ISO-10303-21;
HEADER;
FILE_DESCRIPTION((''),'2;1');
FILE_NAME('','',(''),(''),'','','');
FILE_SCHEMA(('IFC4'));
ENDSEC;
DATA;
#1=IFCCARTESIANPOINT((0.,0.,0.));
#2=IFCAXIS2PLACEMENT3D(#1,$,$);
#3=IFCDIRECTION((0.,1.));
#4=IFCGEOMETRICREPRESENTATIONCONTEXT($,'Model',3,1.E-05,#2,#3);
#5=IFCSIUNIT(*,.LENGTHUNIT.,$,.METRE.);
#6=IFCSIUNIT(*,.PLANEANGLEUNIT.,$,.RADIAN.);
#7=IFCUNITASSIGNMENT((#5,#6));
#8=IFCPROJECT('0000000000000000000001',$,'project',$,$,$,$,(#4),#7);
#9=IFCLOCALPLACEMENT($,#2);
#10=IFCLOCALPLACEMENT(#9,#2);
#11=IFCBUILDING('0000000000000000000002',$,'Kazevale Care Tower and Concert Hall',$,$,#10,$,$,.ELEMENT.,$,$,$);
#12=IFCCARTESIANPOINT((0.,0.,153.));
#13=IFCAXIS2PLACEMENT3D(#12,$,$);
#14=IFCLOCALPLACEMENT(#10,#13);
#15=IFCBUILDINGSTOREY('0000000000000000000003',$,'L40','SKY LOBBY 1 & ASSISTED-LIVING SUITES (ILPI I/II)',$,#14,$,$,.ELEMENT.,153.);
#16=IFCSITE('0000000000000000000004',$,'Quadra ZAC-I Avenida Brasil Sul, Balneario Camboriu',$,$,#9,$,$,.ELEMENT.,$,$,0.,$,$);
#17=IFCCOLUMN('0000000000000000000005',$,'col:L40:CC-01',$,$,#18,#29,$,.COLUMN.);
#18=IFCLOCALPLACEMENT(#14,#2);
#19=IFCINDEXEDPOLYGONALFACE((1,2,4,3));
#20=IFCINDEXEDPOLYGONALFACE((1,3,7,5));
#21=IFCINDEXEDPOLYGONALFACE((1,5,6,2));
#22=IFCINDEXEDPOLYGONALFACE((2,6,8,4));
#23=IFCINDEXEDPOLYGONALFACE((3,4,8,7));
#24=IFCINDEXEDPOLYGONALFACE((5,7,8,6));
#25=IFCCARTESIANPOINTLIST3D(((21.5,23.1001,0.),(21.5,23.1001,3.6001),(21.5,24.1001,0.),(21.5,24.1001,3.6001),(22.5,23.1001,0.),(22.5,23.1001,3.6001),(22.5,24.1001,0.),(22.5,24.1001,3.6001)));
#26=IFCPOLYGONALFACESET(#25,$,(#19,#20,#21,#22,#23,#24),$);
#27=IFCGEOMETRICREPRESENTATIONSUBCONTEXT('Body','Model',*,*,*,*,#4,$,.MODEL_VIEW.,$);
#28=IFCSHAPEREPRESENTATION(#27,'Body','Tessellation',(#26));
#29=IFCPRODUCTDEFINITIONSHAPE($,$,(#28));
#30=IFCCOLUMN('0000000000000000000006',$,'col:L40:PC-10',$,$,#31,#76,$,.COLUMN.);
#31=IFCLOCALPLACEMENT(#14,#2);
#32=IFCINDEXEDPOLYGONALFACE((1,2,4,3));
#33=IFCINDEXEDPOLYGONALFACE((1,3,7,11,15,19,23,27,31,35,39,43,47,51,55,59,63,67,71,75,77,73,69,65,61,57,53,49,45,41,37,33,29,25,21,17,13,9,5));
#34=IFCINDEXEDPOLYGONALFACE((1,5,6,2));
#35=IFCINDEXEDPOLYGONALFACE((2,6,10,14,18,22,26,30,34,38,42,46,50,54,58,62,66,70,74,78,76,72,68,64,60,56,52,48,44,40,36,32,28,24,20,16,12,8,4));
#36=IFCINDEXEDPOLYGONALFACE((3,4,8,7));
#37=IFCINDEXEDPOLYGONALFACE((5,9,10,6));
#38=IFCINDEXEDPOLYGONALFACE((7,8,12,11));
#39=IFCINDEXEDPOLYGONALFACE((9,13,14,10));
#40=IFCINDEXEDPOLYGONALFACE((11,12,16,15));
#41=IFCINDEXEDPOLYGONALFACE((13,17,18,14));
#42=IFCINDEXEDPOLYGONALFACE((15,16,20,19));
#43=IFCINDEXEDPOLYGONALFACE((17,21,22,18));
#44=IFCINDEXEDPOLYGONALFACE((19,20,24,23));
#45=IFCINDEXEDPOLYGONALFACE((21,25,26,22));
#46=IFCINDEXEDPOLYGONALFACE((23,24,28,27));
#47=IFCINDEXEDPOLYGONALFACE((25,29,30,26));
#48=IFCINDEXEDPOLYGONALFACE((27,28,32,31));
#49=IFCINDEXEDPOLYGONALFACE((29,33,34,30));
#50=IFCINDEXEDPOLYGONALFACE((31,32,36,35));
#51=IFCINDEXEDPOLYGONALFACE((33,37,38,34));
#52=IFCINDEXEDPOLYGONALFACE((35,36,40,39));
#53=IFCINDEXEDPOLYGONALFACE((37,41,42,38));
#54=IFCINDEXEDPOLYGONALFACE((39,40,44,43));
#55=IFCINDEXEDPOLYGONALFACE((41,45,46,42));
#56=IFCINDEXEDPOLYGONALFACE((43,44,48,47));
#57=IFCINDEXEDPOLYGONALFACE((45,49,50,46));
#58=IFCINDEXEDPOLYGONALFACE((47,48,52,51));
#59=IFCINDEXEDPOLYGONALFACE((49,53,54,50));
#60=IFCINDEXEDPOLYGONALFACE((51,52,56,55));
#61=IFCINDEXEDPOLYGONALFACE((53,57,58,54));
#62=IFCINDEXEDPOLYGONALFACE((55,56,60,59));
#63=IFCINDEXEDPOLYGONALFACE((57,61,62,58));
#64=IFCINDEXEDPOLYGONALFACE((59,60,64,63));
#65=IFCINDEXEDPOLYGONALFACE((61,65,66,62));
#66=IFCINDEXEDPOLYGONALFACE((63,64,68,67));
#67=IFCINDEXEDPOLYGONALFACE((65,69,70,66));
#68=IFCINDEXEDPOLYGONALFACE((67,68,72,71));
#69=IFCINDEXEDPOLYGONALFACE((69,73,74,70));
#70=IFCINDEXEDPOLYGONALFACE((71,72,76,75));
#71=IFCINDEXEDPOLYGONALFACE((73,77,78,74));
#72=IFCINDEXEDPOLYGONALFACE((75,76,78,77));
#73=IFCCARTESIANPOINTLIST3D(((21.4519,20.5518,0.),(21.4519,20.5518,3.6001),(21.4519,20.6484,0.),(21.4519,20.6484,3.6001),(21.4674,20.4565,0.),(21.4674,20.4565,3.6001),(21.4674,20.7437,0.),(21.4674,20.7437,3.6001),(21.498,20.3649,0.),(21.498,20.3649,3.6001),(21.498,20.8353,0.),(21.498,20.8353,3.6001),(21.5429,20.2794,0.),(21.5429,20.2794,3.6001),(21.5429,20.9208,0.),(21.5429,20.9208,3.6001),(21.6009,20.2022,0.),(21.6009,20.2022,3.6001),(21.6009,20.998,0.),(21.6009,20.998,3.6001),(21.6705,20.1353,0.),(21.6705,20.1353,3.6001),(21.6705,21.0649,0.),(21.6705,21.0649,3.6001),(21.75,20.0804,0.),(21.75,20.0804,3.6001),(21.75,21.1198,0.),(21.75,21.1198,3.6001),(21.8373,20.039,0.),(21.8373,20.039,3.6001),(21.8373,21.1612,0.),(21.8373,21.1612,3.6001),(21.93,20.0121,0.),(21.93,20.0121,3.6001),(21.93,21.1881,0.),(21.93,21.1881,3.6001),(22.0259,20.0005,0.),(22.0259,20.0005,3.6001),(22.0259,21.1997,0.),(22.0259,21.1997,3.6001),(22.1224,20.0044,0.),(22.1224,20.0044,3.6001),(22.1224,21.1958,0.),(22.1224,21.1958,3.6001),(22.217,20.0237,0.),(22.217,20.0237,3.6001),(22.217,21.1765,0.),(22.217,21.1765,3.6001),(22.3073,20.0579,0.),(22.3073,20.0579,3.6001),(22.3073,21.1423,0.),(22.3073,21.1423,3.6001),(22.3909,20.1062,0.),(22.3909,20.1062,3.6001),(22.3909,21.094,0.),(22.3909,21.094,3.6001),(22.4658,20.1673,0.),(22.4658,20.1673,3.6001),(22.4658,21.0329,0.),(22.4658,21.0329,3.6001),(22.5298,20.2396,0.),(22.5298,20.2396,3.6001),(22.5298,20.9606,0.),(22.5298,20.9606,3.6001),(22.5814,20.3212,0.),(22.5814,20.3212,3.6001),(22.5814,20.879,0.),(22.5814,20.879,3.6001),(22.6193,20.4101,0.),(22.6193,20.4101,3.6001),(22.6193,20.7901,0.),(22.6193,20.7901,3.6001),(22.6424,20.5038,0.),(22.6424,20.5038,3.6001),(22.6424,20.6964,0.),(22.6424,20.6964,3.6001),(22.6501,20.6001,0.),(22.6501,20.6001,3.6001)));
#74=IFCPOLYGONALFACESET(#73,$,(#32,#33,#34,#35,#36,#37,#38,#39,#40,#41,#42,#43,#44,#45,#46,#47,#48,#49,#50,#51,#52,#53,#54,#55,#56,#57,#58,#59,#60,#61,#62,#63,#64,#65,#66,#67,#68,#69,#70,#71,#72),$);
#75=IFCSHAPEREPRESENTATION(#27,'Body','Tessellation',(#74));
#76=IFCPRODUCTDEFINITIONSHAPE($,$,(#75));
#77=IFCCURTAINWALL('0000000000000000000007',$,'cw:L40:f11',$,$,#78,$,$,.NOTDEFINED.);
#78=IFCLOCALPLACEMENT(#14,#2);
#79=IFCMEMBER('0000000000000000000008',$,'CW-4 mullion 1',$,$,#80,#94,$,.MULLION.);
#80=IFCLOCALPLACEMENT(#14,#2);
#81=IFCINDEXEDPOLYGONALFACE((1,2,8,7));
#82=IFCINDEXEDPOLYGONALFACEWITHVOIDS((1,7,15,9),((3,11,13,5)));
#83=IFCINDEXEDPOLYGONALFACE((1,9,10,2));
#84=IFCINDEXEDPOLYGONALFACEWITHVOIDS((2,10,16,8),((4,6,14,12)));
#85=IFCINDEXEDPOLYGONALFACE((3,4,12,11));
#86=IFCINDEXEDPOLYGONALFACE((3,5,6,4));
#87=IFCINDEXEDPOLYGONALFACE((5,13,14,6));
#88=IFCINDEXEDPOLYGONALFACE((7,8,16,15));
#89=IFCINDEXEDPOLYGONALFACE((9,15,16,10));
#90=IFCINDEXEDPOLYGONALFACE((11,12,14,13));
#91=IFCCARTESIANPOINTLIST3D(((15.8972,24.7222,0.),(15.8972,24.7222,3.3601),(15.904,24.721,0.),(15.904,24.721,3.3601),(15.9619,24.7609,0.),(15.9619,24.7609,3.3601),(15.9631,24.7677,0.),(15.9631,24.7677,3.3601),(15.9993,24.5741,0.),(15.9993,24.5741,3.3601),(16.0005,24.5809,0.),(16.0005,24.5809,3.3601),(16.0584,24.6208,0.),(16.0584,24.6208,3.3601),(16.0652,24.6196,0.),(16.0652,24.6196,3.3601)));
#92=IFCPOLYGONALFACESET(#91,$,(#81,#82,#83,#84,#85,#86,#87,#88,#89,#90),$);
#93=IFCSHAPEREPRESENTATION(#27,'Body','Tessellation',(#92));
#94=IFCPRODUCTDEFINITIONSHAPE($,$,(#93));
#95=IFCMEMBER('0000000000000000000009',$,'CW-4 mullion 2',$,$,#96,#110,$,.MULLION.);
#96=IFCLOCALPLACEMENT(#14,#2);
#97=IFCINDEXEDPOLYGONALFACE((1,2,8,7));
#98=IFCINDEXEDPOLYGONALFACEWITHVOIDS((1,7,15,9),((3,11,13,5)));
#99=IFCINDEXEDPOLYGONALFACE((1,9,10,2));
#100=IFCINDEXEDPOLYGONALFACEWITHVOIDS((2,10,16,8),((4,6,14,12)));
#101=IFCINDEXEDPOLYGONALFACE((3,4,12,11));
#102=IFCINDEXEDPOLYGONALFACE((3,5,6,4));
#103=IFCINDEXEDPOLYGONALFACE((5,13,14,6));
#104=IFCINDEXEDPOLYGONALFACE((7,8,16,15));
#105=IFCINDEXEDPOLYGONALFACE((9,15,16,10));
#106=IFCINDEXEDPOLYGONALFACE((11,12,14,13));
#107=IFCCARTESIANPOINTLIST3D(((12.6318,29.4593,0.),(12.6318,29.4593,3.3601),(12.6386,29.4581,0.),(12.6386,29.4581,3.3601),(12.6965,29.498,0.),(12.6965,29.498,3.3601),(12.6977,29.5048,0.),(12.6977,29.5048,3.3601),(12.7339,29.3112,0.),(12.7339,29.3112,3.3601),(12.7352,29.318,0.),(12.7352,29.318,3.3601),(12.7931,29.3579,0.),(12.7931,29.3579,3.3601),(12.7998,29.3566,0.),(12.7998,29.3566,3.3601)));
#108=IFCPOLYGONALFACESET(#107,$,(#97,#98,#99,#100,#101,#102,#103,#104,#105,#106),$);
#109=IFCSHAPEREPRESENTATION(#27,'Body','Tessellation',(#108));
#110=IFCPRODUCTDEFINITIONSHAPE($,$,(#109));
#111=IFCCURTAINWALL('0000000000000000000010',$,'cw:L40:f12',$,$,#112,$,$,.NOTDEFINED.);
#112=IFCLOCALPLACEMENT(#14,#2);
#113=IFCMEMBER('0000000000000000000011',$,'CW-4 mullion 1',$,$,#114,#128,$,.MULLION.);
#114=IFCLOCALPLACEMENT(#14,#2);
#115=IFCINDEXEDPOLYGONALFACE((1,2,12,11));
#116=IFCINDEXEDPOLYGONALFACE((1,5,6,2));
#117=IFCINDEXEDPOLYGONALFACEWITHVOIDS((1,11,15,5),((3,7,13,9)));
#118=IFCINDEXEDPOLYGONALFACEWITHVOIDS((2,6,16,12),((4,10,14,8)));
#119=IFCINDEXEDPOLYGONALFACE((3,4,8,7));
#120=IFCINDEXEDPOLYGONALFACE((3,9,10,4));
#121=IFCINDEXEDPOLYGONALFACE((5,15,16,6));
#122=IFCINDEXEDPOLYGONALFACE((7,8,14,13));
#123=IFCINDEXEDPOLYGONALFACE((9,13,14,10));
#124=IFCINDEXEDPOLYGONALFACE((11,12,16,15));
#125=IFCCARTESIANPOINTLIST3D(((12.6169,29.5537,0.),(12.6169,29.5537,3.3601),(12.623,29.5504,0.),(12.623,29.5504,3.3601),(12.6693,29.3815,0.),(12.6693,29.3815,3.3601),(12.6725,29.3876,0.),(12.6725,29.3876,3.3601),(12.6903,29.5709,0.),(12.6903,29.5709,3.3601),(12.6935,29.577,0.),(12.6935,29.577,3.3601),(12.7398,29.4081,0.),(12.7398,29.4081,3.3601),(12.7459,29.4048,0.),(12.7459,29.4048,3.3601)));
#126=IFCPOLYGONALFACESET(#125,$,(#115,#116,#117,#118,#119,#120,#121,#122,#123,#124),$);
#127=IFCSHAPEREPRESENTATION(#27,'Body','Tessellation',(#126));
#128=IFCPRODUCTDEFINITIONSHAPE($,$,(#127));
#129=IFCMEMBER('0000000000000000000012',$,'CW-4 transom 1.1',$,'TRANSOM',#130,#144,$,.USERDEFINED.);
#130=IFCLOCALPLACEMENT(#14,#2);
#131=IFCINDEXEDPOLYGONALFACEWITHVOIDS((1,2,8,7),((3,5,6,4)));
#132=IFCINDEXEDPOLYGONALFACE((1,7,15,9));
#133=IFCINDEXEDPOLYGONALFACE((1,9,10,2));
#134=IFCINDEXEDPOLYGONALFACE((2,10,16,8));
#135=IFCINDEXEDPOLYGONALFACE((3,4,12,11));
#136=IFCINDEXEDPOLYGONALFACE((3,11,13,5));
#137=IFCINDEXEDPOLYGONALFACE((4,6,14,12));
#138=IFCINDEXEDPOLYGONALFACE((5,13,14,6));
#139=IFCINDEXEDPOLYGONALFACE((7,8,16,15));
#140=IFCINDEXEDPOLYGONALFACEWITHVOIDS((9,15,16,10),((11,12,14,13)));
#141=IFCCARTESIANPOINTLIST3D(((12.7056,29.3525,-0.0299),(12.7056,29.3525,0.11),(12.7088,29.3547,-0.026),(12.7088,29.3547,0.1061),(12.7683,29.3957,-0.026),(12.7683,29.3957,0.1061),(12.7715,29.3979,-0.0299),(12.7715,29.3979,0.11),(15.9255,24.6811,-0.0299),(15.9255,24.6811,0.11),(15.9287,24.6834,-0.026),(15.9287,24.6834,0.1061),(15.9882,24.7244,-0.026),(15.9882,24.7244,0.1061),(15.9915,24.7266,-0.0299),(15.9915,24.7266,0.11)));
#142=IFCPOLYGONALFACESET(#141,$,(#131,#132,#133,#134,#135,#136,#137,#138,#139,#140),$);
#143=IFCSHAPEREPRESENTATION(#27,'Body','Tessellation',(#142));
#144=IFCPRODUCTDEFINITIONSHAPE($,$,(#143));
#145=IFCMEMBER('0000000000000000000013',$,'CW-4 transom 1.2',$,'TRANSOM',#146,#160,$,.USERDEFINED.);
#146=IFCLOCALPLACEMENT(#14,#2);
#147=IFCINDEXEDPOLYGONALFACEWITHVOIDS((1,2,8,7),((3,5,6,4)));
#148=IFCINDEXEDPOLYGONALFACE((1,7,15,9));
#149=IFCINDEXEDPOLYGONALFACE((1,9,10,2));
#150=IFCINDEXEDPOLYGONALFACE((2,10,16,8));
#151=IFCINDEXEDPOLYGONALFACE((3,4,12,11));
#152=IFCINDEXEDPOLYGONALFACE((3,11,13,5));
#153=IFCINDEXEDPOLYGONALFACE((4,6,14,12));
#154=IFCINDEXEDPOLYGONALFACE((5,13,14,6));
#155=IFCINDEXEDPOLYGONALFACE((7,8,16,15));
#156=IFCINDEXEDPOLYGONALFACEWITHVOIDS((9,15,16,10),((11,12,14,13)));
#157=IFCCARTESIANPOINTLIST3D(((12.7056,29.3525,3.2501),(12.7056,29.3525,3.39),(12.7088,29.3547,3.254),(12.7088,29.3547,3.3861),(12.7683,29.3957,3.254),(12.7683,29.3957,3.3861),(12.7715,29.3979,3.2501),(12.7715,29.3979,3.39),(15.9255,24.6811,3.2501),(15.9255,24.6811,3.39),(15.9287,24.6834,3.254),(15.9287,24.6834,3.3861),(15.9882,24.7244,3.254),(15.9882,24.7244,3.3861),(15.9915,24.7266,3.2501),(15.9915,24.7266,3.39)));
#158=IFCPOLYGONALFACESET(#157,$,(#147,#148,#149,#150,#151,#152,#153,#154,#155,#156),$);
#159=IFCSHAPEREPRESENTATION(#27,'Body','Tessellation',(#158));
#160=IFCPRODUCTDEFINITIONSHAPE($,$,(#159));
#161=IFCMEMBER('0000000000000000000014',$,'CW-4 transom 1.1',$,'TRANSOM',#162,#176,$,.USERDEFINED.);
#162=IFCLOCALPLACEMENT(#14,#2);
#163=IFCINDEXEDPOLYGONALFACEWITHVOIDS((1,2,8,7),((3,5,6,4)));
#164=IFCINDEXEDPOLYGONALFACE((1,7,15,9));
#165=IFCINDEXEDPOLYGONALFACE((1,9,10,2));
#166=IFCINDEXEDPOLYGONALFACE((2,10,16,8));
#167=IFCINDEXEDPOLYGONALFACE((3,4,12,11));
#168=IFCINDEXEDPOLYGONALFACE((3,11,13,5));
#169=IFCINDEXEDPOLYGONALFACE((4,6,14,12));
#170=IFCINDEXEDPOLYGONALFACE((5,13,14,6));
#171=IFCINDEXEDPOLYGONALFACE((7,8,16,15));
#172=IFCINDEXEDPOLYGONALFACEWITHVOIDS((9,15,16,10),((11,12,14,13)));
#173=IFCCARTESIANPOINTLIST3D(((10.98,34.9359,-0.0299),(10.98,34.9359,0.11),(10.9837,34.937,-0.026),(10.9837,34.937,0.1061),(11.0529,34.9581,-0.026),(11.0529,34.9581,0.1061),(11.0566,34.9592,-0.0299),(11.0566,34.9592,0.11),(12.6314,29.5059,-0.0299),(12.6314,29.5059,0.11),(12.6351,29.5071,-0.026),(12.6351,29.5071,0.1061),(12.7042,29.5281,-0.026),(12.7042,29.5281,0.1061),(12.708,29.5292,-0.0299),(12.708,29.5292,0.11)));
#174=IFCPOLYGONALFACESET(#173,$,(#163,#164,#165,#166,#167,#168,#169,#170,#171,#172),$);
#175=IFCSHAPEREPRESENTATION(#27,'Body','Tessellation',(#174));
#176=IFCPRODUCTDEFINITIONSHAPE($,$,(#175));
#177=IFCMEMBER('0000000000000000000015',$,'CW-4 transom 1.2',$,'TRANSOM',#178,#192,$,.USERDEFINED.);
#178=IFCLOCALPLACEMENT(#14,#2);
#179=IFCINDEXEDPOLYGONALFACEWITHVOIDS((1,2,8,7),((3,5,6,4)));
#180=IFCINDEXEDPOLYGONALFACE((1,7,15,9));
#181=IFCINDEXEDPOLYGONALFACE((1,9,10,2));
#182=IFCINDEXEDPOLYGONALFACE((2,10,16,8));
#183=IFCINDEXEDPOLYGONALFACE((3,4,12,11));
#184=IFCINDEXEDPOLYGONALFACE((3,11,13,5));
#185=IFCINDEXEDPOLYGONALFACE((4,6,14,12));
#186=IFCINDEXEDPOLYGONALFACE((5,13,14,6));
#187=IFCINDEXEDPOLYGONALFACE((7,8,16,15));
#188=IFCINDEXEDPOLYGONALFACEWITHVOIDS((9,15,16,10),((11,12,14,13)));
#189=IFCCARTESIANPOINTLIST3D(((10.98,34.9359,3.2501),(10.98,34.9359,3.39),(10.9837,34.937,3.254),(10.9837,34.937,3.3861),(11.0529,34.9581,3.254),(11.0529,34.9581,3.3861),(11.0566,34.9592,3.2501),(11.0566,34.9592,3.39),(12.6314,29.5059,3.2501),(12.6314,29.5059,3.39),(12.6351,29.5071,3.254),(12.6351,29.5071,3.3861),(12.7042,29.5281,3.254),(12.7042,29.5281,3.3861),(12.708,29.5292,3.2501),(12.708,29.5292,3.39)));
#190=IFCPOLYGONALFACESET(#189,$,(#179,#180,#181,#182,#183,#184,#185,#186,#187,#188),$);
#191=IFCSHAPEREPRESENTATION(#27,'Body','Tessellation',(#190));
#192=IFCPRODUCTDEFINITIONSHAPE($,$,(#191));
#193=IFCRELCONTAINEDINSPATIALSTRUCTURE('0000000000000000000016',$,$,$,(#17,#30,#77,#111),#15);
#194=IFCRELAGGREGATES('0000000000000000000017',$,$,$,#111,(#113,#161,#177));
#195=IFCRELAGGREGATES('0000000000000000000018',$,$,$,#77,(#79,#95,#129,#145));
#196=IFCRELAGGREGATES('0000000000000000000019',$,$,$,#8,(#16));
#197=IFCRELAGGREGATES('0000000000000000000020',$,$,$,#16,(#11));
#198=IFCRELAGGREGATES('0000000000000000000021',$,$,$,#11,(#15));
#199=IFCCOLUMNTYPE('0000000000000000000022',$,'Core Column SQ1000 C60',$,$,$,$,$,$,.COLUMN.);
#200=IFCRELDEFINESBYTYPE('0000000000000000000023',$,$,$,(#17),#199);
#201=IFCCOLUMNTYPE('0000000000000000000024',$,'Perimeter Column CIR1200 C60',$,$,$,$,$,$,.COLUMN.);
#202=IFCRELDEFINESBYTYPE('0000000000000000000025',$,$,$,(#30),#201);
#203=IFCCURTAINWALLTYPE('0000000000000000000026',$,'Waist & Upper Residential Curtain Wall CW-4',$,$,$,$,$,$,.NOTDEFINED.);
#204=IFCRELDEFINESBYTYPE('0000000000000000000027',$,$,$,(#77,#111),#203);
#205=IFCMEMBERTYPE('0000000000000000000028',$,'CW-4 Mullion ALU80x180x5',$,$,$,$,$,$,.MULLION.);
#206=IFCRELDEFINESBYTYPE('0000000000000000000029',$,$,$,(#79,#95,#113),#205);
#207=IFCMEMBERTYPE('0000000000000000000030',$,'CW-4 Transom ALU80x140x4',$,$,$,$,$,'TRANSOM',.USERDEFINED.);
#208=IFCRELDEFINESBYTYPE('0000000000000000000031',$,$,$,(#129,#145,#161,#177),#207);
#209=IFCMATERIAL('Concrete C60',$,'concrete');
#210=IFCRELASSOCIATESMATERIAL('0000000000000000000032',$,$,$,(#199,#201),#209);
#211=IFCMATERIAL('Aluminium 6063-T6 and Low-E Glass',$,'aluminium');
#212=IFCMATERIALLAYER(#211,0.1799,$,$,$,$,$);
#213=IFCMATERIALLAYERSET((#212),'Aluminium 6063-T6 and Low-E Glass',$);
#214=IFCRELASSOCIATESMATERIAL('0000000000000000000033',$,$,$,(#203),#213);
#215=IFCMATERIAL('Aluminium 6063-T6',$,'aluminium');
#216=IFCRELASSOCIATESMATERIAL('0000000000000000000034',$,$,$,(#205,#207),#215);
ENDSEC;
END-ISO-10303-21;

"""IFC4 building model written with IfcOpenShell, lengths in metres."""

from ifc_helpers import new_model, si_unit, direction, frame, origin, origin_2d, place, context, subcontext, project, spatial, rectangle, hollow_rectangle, circle, extrude, material, layer, layer_set, material_profile, profile_set, type_object, element, aggregate, save


model = new_model("IFC4")

# Units and contexts
model_context = context("Model", 3, precision=1e-05, world=origin(), true_north=direction((0.0, 1.0)))
body_context = subcontext(model_context, "Body", "Model", "MODEL_VIEW")
ifc_project = project(units=[si_unit("LENGTHUNIT", "METRE"), si_unit("PLANEANGLEUNIT", "RADIAN")], contexts=[model_context])

# Site, building, storey
site_placement = place(None, origin())
site = spatial("IfcSite", under=ifc_project, at=site_placement, Name="Quadra ZAC-I Avenida Brasil Sul, Balneario Camboriu", CompositionType="ELEMENT", RefElevation=0.0)
building_placement = place(site_placement, origin())
building = spatial("IfcBuilding", under=site, at=building_placement, Name="Kazevale Care Tower and Concert Hall", CompositionType="ELEMENT")
storey_placement = place(building_placement, frame((0.0, 0.0, 153.0)))
storey = spatial("IfcBuildingStorey", under=building, at=storey_placement, Name="L40", Description="SKY LOBBY 1 & ASSISTED-LIVING SUITES (ILPI I/II)", CompositionType="ELEMENT", Elevation=153.0)

# Columns
ifc_material_1 = material(Name="Concrete C60", Category="concrete")
ifc_material_profile_1 = material_profile(ifc_material_1, rectangle(XDim=1.0, YDim=1.0, at=origin_2d()), Name="RC-SQ1000")
ifc_profile_set_1 = profile_set([ifc_material_profile_1], Name="Concrete C60")
column_type_1 = type_object("IfcColumnType", Name="Core Column SQ1000 C60", PredefinedType="COLUMN", material=ifc_profile_set_1)
column_1_placement = place(storey_placement, frame((22.0, 23.6001, 0.0), z_axis=(0.0, 0.0, 1.0), x_axis=(1.0, 0.0, 0.0)))
element("IfcColumn", 1, at=column_1_placement, inside=storey, type_object=column_type_1, Name="col:L40:CC-01", PredefinedType="COLUMN", context=body_context, shape_type="SweptSolid", body=[
    extrude(rectangle(XDim=1.0, YDim=1.0, at=origin_2d()), origin(), (0.0, 0.0, 1.0), 3.6001),
])
ifc_material_profile_2 = material_profile(ifc_material_1, circle(Radius=0.6001, at=origin_2d()), Name="RC-CIR1200")
ifc_profile_set_2 = profile_set([ifc_material_profile_2], Name="Concrete C60")
column_type_2 = type_object("IfcColumnType", Name="Perimeter Column CIR1200 C60", PredefinedType="COLUMN", material=ifc_profile_set_2)
column_2_placement = place(storey_placement, frame((22.05, 20.6001, 0.0), z_axis=(0.0, 0.0, 1.0), x_axis=(1.0, 0.0, 0.0)))
element("IfcColumn", 2, at=column_2_placement, inside=storey, type_object=column_type_2, Name="col:L40:PC-10", PredefinedType="COLUMN", context=body_context, shape_type="SweptSolid", body=[
    extrude(circle(Radius=0.6001, at=origin_2d()), origin(), (0.0, 0.0, 1.0), 3.6001),
])

# Curtain wall, members
ifc_material_2 = material(Name="Aluminium 6063-T6 and Low-E Glass", Category="aluminium")
ifc_layer_1 = layer(ifc_material_2, 0.1799)
ifc_layer_set_1 = layer_set([ifc_layer_1], Name="Aluminium 6063-T6 and Low-E Glass")
curtain_wall_type_1 = type_object("IfcCurtainWallType", Name="Waist & Upper Residential Curtain Wall CW-4", PredefinedType="NOTDEFINED", material=ifc_layer_set_1)
curtain_wall_1_placement = place(storey_placement, origin())
curtain_wall_1 = element("IfcCurtainWall", 3, at=curtain_wall_1_placement, inside=storey, type_object=curtain_wall_type_1, Name="cw:L40:f11", PredefinedType="NOTDEFINED")
ifc_material_3 = material(Name="Aluminium 6063-T6", Category="aluminium")
ifc_material_profile_3 = material_profile(ifc_material_3, hollow_rectangle(XDim=0.0801, YDim=0.1799, WallThickness=0.0049, at=origin_2d()), Name="ALU80x180x5")
ifc_profile_set_3 = profile_set([ifc_material_profile_3], Name="Aluminium 6063-T6")
member_type_1 = type_object("IfcMemberType", Name="CW-4 Mullion ALU80x180x5", PredefinedType="MULLION", material=ifc_profile_set_3)
member_1_placement = place(storey_placement, frame((15.9812, 24.6709, 0.0), z_axis=(0.0, 0.0, 1.0), x_axis=(-0.823326, -0.567569, 0.0)))
member_1 = element("IfcMember", 4, at=member_1_placement, type_object=member_type_1, Name="CW-4 mullion 1", PredefinedType="MULLION", context=body_context, shape_type="SweptSolid", body=[
    extrude(hollow_rectangle(XDim=0.0801, YDim=0.1799, WallThickness=0.0049, at=origin_2d()), origin(), (0.0, 0.0, 1.0), 3.3601),
])
member_2_placement = place(storey_placement, frame((12.7158, 29.408, 0.0), z_axis=(0.0, 0.0, 1.0), x_axis=(-0.823326, -0.567569, 0.0)))
member_2 = element("IfcMember", 5, at=member_2_placement, type_object=member_type_1, Name="CW-4 mullion 2", PredefinedType="MULLION", context=body_context, shape_type="SweptSolid", body=[
    extrude(hollow_rectangle(XDim=0.0801, YDim=0.1799, WallThickness=0.0049, at=origin_2d()), origin(), (0.0, 0.0, 1.0), 3.3601),
])

# Curtain wall, member
curtain_wall_2_placement = place(storey_placement, origin())
curtain_wall_2 = element("IfcCurtainWall", 6, at=curtain_wall_2_placement, inside=storey, type_object=curtain_wall_type_1, Name="cw:L40:f12", PredefinedType="NOTDEFINED")
member_3_placement = place(storey_placement, frame((12.6814, 29.4792, 0.0), z_axis=(0.0, 0.0, 1.0), x_axis=(-0.95673, -0.290977, 0.0)))
member_3 = element("IfcMember", 7, at=member_3_placement, type_object=member_type_1, Name="CW-4 mullion 1", PredefinedType="MULLION", context=body_context, shape_type="SweptSolid", body=[
    extrude(hollow_rectangle(XDim=0.0801, YDim=0.1799, WallThickness=0.0049, at=origin_2d()), origin(), (0.0, 0.0, 1.0), 3.3601),
])

# Members
ifc_material_profile_4 = material_profile(ifc_material_3, hollow_rectangle(XDim=0.0801, YDim=0.1399, WallThickness=0.0039, at=origin_2d()), Name="ALU80x140x4")
ifc_profile_set_4 = profile_set([ifc_material_profile_4], Name="Aluminium 6063-T6")
member_type_2 = type_object("IfcMemberType", Name="CW-4 Transom ALU80x140x4", ElementType="TRANSOM", PredefinedType="USERDEFINED", material=ifc_profile_set_4)
member_4_placement = place(storey_placement, frame((15.9585, 24.7039, 0.04), z_axis=(-0.567533, 0.823351, 0.0), x_axis=(-0.823351, -0.567533, 0.0)))
member_4 = element("IfcMember", 8, at=member_4_placement, type_object=member_type_2, Name="CW-4 transom 1.1", ObjectType="TRANSOM", PredefinedType="USERDEFINED", context=body_context, shape_type="SweptSolid", body=[
    extrude(hollow_rectangle(XDim=0.0801, YDim=0.1399, WallThickness=0.0039, at=origin_2d()), origin(), (0.0, 0.0, 1.0), 5.6736),
])
member_5_placement = place(storey_placement, frame((15.9585, 24.7039, 3.3201), z_axis=(-0.567533, 0.823351, 0.0), x_axis=(-0.823351, -0.567533, 0.0)))
member_5 = element("IfcMember", 9, at=member_5_placement, type_object=member_type_2, Name="CW-4 transom 1.2", ObjectType="TRANSOM", PredefinedType="USERDEFINED", context=body_context, shape_type="SweptSolid", body=[
    extrude(hollow_rectangle(XDim=0.0801, YDim=0.1399, WallThickness=0.0039, at=origin_2d()), origin(), (0.0, 0.0, 1.0), 5.6736),
])
member_6_placement = place(storey_placement, frame((12.6697, 29.5176, 0.04), z_axis=(-0.290965, 0.956734, 0.0), x_axis=(-0.956734, -0.290965, 0.0)))
member_6 = element("IfcMember", 10, at=member_6_placement, type_object=member_type_2, Name="CW-4 transom 1.1", ObjectType="TRANSOM", PredefinedType="USERDEFINED", context=body_context, shape_type="SweptSolid", body=[
    extrude(hollow_rectangle(XDim=0.0801, YDim=0.1399, WallThickness=0.0039, at=origin_2d()), origin(), (0.0, 0.0, 1.0), 5.6755),
])
member_7_placement = place(storey_placement, frame((12.6697, 29.5176, 3.3201), z_axis=(-0.290965, 0.956734, 0.0), x_axis=(-0.956734, -0.290965, 0.0)))
member_7 = element("IfcMember", 11, at=member_7_placement, type_object=member_type_2, Name="CW-4 transom 1.2", ObjectType="TRANSOM", PredefinedType="USERDEFINED", context=body_context, shape_type="SweptSolid", body=[
    extrude(hollow_rectangle(XDim=0.0801, YDim=0.1399, WallThickness=0.0039, at=origin_2d()), origin(), (0.0, 0.0, 1.0), 5.6755),
])
aggregate(curtain_wall_2, [member_3, member_6, member_7])

aggregate(curtain_wall_1, [member_1, member_2, member_4, member_5])

save(model, "model.ifc")
